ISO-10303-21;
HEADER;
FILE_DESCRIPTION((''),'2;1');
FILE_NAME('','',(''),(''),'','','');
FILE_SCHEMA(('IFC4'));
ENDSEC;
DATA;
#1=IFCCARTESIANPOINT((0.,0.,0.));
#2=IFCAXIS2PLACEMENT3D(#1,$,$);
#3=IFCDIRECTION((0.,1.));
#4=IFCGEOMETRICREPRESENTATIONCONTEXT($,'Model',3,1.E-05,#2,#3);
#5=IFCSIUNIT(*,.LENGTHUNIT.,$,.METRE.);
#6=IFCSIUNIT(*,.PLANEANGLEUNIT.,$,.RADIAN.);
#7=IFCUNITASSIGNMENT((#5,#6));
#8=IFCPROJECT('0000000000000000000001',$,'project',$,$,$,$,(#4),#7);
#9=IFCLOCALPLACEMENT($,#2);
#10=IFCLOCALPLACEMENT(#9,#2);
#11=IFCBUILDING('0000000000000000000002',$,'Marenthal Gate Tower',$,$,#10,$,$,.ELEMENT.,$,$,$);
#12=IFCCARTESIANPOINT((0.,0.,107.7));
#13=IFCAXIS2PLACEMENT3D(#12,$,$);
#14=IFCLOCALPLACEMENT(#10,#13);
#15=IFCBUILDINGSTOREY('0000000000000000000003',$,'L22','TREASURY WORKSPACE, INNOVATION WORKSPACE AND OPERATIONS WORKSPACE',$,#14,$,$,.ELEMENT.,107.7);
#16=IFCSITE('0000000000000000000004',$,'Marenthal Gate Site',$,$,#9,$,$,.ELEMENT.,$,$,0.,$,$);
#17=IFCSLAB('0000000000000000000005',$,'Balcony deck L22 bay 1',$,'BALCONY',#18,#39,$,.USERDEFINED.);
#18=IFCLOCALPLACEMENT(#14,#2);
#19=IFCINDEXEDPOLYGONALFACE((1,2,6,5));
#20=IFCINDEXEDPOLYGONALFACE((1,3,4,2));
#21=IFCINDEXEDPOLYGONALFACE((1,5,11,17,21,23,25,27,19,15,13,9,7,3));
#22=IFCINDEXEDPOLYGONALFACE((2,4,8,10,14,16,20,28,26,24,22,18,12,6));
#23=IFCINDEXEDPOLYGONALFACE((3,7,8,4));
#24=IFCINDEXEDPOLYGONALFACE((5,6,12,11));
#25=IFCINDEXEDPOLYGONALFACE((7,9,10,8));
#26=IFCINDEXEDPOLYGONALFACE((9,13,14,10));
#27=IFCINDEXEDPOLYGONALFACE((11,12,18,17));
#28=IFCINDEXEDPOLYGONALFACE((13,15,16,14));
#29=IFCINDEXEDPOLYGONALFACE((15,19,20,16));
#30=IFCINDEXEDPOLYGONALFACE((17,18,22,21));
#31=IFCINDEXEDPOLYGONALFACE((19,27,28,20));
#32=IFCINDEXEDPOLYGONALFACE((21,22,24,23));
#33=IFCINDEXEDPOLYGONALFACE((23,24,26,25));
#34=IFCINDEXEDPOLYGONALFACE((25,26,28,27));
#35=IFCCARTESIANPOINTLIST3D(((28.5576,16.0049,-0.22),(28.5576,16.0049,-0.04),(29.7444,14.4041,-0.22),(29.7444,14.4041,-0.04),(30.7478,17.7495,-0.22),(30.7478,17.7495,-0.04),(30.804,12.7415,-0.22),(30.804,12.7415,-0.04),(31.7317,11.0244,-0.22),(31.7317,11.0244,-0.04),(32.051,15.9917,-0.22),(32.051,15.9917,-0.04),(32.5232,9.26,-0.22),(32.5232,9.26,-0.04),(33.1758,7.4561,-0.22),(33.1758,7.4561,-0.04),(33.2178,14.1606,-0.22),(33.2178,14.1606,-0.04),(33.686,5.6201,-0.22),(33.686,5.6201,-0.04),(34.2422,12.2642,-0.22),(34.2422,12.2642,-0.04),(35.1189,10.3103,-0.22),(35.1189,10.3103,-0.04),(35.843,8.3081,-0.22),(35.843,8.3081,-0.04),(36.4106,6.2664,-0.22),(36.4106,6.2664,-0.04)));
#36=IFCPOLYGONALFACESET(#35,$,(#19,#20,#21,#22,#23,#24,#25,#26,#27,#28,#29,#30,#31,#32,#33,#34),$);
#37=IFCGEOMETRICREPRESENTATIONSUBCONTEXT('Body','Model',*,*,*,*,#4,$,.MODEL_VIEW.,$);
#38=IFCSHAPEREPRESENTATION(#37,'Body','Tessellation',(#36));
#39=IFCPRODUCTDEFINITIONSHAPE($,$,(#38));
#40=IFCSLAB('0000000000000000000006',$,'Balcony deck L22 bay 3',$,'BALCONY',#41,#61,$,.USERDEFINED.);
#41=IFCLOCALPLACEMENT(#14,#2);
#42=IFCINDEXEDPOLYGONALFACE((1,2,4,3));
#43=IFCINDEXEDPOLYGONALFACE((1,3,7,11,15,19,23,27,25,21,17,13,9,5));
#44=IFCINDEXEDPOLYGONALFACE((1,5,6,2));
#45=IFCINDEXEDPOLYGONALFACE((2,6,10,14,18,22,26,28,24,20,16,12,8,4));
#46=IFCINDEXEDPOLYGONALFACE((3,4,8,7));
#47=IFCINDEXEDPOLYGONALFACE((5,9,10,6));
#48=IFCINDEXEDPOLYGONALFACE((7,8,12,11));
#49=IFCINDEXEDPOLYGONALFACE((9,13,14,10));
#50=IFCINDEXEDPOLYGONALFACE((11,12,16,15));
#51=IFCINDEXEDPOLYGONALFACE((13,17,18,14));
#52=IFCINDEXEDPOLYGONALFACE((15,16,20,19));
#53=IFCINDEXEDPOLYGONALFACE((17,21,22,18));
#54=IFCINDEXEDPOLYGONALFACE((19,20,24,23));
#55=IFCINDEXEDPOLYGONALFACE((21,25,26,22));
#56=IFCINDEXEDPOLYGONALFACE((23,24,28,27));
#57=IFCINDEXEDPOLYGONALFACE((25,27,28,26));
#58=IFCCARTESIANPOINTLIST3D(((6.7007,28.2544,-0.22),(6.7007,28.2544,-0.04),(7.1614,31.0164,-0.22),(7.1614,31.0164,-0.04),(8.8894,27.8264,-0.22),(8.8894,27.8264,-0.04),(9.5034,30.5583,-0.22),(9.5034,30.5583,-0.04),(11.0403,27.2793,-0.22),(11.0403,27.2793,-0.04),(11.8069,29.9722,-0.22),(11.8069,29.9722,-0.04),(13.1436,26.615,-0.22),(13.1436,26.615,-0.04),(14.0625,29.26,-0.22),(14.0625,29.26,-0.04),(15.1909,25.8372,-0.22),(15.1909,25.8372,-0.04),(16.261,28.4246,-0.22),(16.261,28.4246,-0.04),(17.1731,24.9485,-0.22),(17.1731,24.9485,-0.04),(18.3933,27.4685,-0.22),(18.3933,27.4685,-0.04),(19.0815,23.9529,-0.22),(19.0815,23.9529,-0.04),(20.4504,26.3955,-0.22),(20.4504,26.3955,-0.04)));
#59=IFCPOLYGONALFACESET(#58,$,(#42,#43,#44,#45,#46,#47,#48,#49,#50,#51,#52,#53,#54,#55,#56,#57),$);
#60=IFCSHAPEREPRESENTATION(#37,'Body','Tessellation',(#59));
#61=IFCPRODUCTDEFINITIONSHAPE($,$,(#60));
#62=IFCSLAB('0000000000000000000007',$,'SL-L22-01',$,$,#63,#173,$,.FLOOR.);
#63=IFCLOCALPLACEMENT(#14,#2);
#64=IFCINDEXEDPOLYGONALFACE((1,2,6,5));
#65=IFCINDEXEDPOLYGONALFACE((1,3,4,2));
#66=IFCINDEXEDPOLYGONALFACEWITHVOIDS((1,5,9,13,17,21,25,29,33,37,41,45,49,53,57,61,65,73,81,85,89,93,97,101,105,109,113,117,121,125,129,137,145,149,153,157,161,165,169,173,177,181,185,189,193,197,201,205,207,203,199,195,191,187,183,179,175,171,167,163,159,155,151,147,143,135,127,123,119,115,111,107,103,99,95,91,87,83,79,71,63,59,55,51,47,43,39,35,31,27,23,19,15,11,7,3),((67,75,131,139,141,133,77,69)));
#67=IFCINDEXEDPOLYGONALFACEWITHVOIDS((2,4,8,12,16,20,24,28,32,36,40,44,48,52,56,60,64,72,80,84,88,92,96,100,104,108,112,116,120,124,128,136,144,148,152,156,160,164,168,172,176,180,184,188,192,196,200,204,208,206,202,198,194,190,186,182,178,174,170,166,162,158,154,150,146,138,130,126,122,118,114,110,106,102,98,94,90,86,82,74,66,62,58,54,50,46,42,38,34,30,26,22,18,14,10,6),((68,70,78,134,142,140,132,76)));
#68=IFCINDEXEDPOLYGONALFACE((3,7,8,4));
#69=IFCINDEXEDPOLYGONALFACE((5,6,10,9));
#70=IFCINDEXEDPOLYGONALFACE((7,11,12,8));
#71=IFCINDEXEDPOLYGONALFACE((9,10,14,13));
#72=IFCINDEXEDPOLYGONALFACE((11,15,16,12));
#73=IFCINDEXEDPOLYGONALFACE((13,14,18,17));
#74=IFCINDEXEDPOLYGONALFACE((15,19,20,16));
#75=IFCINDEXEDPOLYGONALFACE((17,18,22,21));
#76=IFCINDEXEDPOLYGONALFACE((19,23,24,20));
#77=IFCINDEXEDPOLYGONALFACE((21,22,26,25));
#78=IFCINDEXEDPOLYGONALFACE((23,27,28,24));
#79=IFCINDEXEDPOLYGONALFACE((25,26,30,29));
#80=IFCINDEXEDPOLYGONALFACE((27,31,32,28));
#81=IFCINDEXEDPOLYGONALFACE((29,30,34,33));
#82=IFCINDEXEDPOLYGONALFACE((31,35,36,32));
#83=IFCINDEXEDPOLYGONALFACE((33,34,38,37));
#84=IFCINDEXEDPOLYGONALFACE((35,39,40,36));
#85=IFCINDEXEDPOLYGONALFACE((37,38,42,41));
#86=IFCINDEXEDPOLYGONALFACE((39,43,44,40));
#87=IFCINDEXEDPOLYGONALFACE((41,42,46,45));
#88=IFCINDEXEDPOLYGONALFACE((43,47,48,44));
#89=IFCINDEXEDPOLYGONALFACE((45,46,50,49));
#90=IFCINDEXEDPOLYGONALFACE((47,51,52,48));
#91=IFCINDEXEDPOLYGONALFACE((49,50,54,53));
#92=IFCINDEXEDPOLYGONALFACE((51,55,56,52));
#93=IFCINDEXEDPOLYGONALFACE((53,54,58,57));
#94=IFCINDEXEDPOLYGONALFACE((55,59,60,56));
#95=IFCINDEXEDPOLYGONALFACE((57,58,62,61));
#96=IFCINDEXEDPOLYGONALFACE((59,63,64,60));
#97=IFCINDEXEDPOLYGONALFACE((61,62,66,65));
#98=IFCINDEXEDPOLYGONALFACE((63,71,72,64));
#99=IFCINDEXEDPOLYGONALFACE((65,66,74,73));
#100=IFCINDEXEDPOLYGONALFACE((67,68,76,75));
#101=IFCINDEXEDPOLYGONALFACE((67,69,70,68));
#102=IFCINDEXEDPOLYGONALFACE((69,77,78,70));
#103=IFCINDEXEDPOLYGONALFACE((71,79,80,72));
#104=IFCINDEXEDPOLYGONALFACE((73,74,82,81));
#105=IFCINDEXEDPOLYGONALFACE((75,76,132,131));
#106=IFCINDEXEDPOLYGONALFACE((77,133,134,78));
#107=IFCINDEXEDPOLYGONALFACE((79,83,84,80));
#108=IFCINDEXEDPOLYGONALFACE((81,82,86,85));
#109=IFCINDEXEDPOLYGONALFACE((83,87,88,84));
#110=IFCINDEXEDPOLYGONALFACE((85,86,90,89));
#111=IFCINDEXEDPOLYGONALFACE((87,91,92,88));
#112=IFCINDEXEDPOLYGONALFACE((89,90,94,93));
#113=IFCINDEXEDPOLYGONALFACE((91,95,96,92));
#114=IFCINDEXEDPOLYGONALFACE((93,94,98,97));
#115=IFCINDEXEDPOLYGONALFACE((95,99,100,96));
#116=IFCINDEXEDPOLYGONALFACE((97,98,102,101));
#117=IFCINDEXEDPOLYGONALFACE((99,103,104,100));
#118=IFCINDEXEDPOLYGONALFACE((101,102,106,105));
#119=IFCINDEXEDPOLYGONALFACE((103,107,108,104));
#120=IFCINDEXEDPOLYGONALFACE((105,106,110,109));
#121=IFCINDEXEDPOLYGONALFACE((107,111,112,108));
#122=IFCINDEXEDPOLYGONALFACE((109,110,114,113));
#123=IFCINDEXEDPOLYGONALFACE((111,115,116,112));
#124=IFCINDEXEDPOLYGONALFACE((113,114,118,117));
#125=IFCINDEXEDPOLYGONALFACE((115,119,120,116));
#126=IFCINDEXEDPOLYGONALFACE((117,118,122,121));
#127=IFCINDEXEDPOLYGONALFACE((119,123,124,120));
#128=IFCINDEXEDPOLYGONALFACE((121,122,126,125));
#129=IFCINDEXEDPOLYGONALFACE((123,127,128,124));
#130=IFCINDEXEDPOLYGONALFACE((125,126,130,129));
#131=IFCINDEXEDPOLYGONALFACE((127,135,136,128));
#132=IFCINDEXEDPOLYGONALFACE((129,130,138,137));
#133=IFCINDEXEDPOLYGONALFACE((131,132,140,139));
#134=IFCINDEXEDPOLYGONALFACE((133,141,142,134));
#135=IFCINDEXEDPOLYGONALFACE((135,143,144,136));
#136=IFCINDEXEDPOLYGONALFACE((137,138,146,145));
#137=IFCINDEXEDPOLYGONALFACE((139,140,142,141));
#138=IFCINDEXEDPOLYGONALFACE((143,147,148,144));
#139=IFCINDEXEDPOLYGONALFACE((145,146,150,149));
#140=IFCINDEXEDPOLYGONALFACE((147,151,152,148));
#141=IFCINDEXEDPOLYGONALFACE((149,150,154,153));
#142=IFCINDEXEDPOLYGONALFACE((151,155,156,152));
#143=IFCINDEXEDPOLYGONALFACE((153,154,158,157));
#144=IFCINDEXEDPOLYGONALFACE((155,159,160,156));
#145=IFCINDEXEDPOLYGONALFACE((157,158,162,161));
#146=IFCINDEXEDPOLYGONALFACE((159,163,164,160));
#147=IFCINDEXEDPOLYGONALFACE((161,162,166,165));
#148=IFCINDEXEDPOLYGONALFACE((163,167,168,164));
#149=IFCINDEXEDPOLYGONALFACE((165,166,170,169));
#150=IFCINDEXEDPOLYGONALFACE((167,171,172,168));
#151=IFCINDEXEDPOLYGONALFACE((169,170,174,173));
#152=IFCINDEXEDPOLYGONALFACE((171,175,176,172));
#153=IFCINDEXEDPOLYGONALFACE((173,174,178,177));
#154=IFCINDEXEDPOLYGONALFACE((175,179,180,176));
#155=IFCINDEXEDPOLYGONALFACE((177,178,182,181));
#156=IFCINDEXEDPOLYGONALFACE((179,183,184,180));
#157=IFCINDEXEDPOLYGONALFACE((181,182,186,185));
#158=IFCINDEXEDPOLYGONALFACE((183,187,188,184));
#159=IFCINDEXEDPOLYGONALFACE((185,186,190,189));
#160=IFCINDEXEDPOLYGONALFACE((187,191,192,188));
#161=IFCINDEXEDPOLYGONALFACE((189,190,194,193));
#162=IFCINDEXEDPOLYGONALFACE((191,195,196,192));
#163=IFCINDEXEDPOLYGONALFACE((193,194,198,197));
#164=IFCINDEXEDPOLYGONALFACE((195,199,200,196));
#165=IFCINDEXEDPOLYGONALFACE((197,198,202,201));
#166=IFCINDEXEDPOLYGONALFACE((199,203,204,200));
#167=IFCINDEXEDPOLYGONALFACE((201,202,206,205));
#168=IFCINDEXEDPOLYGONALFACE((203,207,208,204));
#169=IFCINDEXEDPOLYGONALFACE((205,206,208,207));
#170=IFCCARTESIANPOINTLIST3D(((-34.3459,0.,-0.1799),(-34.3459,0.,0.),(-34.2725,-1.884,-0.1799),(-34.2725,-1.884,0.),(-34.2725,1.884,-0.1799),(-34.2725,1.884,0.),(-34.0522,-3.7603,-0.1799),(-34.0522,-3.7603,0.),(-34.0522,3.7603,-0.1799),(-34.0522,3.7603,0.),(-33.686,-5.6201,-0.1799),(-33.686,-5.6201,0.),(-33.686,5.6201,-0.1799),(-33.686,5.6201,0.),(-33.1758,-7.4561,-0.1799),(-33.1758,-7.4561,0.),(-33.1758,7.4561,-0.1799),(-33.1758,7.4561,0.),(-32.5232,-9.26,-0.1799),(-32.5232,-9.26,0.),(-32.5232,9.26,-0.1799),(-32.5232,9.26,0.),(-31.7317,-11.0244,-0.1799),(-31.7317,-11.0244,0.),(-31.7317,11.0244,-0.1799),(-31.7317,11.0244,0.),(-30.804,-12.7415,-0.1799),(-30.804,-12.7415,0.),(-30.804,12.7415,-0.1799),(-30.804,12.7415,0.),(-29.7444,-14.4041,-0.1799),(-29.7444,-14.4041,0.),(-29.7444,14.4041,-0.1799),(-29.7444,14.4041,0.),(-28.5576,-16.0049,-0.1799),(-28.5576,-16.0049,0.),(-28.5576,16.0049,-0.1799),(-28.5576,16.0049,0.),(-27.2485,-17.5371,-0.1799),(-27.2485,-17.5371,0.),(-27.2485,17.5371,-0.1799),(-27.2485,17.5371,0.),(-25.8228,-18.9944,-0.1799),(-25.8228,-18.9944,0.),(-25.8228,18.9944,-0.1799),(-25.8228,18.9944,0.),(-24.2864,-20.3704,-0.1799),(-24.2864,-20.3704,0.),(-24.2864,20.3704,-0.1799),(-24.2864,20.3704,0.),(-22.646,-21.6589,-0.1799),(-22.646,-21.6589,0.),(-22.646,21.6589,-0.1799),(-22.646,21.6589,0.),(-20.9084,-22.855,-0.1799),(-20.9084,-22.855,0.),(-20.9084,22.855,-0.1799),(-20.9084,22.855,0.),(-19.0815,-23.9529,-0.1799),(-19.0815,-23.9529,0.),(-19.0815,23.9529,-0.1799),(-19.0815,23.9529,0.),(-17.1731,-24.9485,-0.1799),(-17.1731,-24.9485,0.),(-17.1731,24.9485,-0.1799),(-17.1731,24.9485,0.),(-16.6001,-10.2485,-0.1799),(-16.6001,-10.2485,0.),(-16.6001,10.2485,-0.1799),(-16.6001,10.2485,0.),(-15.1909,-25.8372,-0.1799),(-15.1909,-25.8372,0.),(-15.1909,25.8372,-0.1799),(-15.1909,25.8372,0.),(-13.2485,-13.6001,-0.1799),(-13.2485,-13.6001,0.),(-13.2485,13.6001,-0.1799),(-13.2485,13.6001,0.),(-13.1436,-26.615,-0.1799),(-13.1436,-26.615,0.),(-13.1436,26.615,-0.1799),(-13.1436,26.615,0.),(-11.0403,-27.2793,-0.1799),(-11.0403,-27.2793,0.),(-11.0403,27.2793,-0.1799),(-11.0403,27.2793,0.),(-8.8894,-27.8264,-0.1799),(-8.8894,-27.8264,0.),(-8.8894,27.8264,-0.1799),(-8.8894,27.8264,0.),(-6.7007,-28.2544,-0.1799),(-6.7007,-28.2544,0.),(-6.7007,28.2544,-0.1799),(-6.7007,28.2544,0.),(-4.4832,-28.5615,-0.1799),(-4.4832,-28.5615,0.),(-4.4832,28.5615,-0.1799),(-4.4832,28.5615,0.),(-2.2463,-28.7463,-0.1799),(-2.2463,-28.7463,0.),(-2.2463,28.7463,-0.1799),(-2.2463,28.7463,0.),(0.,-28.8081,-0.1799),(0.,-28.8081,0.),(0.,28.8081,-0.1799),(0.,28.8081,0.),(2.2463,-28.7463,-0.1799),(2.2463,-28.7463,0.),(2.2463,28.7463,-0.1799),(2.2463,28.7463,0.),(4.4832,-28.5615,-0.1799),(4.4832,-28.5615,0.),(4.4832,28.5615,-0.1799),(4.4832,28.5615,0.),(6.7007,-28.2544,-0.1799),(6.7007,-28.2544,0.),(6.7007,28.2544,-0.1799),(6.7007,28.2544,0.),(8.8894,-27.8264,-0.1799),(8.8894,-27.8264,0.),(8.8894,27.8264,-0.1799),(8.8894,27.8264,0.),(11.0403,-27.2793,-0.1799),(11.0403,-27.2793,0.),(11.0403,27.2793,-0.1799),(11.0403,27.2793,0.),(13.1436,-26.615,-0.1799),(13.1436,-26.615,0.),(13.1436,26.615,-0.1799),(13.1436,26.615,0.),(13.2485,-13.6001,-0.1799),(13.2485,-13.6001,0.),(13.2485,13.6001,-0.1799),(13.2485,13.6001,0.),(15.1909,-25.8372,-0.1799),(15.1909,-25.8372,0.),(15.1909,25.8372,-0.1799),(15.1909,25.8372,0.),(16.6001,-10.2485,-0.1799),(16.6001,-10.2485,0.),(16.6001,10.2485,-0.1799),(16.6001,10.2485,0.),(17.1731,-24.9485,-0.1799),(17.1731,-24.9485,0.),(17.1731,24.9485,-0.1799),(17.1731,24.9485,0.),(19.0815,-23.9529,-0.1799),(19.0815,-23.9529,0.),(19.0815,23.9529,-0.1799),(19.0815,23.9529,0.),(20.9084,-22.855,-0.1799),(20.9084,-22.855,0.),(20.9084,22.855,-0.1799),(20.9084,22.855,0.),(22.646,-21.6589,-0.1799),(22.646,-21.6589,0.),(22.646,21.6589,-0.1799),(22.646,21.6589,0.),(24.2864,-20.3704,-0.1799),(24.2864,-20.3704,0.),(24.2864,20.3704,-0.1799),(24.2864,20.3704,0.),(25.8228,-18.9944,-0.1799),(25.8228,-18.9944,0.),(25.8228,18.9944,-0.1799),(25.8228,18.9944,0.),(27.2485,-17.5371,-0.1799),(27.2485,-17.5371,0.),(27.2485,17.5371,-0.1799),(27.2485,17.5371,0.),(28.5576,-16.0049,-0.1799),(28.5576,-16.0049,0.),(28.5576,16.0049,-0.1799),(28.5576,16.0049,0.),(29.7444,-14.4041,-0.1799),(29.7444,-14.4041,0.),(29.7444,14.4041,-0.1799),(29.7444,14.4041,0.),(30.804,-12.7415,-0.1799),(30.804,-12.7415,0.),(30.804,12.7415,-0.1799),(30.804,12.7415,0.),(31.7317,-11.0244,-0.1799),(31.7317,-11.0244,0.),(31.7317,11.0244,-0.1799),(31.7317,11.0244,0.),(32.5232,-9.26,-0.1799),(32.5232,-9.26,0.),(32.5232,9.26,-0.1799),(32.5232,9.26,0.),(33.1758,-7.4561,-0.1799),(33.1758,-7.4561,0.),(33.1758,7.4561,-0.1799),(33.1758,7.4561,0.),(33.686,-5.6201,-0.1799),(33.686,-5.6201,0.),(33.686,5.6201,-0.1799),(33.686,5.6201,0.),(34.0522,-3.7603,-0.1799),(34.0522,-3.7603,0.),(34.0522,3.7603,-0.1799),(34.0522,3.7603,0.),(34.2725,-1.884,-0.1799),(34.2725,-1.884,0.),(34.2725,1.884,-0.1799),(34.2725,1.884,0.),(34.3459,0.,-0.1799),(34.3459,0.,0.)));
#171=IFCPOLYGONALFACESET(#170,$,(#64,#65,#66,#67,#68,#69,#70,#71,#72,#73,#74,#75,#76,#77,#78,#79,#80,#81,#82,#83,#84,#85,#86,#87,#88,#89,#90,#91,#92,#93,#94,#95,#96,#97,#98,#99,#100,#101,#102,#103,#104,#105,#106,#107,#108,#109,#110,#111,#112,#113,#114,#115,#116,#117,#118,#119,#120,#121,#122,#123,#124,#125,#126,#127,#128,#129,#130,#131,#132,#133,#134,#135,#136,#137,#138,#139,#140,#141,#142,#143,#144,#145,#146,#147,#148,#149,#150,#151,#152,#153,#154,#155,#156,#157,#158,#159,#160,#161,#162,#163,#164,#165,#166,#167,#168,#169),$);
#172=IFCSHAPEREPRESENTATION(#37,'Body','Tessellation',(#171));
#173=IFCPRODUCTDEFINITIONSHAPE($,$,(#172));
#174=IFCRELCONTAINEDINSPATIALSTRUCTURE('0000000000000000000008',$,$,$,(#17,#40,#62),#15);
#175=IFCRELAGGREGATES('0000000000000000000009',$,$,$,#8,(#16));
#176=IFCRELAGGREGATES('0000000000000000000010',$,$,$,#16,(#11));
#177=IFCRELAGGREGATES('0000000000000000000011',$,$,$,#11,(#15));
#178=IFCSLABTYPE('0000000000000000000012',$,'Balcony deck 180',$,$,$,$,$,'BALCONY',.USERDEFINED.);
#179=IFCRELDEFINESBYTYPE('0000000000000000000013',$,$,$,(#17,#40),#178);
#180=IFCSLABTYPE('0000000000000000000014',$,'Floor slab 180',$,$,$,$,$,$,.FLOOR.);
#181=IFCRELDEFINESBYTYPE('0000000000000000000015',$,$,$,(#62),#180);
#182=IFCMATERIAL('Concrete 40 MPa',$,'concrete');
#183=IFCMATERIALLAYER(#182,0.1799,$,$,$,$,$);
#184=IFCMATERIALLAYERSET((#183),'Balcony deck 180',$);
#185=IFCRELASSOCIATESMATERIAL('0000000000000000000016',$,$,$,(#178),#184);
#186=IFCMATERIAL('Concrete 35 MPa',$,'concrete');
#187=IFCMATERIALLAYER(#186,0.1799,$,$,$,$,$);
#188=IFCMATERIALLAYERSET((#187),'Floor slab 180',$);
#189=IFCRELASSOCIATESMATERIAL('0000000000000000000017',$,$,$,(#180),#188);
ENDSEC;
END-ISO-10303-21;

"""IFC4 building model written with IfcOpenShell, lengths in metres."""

from ifc_helpers import new_model, si_unit, direction, frame, origin, place, context, subcontext, project, spatial, polyline, outline, extrude, material, layer, layer_set, type_object, element, save


model = new_model("IFC4")

# Units and contexts
model_context = context("Model", 3, precision=1e-05, world=origin(), true_north=direction((0.0, 1.0)))
body_context = subcontext(model_context, "Body", "Model", "MODEL_VIEW")
ifc_project = project(units=[si_unit("LENGTHUNIT", "METRE"), si_unit("PLANEANGLEUNIT", "RADIAN")], contexts=[model_context])

# Site, building, storey
site_placement = place(None, origin())
site = spatial("IfcSite", under=ifc_project, at=site_placement, Name="Marenthal Gate Site", CompositionType="ELEMENT", RefElevation=0.0)
building_placement = place(site_placement, origin())
building = spatial("IfcBuilding", under=site, at=building_placement, Name="Marenthal Gate Tower", CompositionType="ELEMENT")
storey_placement = place(building_placement, frame((0.0, 0.0, 107.7)))
storey = spatial("IfcBuildingStorey", under=building, at=storey_placement, Name="L22", Description="TREASURY WORKSPACE, INNOVATION WORKSPACE AND OPERATIONS WORKSPACE", CompositionType="ELEMENT", Elevation=107.7)

# Slabs
ifc_material_1 = material(Name="Concrete 40 MPa", Category="concrete")
ifc_layer_1 = layer(ifc_material_1, 0.1799)
ifc_layer_set_1 = layer_set([ifc_layer_1], Name="Balcony deck 180")
slab_type_1 = type_object("IfcSlabType", Name="Balcony deck 180", ElementType="BALCONY", PredefinedType="USERDEFINED", material=ifc_layer_set_1)
slab_1_placement = place(storey_placement, frame((0.0, 0.0, -0.22)))
element("IfcSlab", 1, at=slab_1_placement, inside=storey, type_object=slab_type_1, Name="Balcony deck L22 bay 1", ObjectType="BALCONY", PredefinedType="USERDEFINED", context=body_context, shape_type="SweptSolid", body=[
    extrude(outline(polyline([(33.686, 5.6201), (33.1758, 7.4561), (32.5232, 9.26), (31.7317, 11.0244), (30.804, 12.7415), (29.7444, 14.4041), (28.5576, 16.0049), (30.7478, 17.7495), (32.051, 15.9917), (33.2178, 14.1606), (34.2422, 12.2642), (35.1189, 10.3103), (35.843, 8.3081), (36.4106, 6.2664), (33.686, 5.6201)])), origin(), (0.0, 0.0, 1.0), 0.1799),
])
slab_2_placement = place(storey_placement, frame((0.0, 0.0, -0.22)))
element("IfcSlab", 2, at=slab_2_placement, inside=storey, type_object=slab_type_1, Name="Balcony deck L22 bay 3", ObjectType="BALCONY", PredefinedType="USERDEFINED", context=body_context, shape_type="SweptSolid", body=[
    extrude(outline(polyline([(19.0815, 23.9529), (17.1731, 24.9485), (15.1909, 25.8372), (13.1436, 26.615), (11.0403, 27.2793), (8.8894, 27.8264), (6.7007, 28.2544), (7.1614, 31.0164), (9.5034, 30.5583), (11.8069, 29.9722), (14.0625, 29.26), (16.261, 28.4246), (18.3933, 27.4685), (20.4504, 26.3955), (19.0815, 23.9529)])), origin(), (0.0, 0.0, 1.0), 0.1799),
])
ifc_material_2 = material(Name="Concrete 35 MPa", Category="concrete")
ifc_layer_2 = layer(ifc_material_2, 0.1799)
ifc_layer_set_2 = layer_set([ifc_layer_2], Name="Floor slab 180")
slab_type_2 = type_object("IfcSlabType", Name="Floor slab 180", PredefinedType="FLOOR", material=ifc_layer_set_2)
slab_3_placement = place(storey_placement, frame((0.0, 0.0, -0.1799)))
element("IfcSlab", 3, at=slab_3_placement, inside=storey, type_object=slab_type_2, Name="SL-L22-01", PredefinedType="FLOOR", context=body_context, shape_type="SweptSolid", body=[
    extrude(outline(polyline([(34.3459, 0.0), (34.2725, 1.884), (34.0522, 3.7603), (33.686, 5.6201), (33.1758, 7.4561), (32.5232, 9.26), (31.7317, 11.0244), (30.804, 12.7415), (29.7444, 14.4041), (28.5576, 16.0049), (27.2485, 17.5371), (25.8228, 18.9944), (24.2864, 20.3704), (22.646, 21.6589), (20.9084, 22.855), (19.0815, 23.9529), (17.1731, 24.9485), (15.1909, 25.8372), (13.1436, 26.615), (11.0403, 27.2793), (8.8894, 27.8264), (6.7007, 28.2544), (4.4832, 28.5615), (2.2463, 28.7463), (0.0, 28.8081), (-2.2463, 28.7463), (-4.4832, 28.5615), (-6.7007, 28.2544), (-8.8894, 27.8264), (-11.0403, 27.2793), (-13.1436, 26.615), (-15.1909, 25.8372), (-17.1731, 24.9485), (-19.0815, 23.9529), (-20.9084, 22.855), (-22.646, 21.6589), (-24.2864, 20.3704), (-25.8228, 18.9944), (-27.2485, 17.5371), (-28.5576, 16.0049), (-29.7444, 14.4041), (-30.804, 12.7415), (-31.7317, 11.0244), (-32.5232, 9.26), (-33.1758, 7.4561), (-33.686, 5.6201), (-34.0522, 3.7603), (-34.2725, 1.884), (-34.3459, 0.0), (-34.2725, -1.884), (-34.0522, -3.7603), (-33.686, -5.6201), (-33.1758, -7.4561), (-32.5232, -9.26), (-31.7317, -11.0244), (-30.804, -12.7415), (-29.7444, -14.4041), (-28.5576, -16.0049), (-27.2485, -17.5371), (-25.8228, -18.9944), (-24.2864, -20.3704), (-22.646, -21.6589), (-20.9084, -22.855), (-19.0815, -23.9529), (-17.1731, -24.9485), (-15.1909, -25.8372), (-13.1436, -26.615), (-11.0403, -27.2793), (-8.8894, -27.8264), (-6.7007, -28.2544), (-4.4832, -28.5615), (-2.2463, -28.7463), (0.0, -28.8081), (2.2463, -28.7463), (4.4832, -28.5615), (6.7007, -28.2544), (8.8894, -27.8264), (11.0403, -27.2793), (13.1436, -26.615), (15.1909, -25.8372), (17.1731, -24.9485), (19.0815, -23.9529), (20.9084, -22.855), (22.646, -21.6589), (24.2864, -20.3704), (25.8228, -18.9944), (27.2485, -17.5371), (28.5576, -16.0049), (29.7444, -14.4041), (30.804, -12.7415), (31.7317, -11.0244), (32.5232, -9.26), (33.1758, -7.4561), (33.686, -5.6201), (34.0522, -3.7603), (34.2725, -1.884), (34.3459, 0.0)]), holes=[polyline([(13.2485, -13.6001), (16.6001, -10.2485), (16.6001, 10.2485), (13.2485, 13.6001), (-13.2485, 13.6001), (-16.6001, 10.2485), (-16.6001, -10.2485), (-13.2485, -13.6001), (13.2485, -13.6001)])]), origin(), (0.0, 0.0, 1.0), 0.1799),
])

save(model, "model.ifc")
